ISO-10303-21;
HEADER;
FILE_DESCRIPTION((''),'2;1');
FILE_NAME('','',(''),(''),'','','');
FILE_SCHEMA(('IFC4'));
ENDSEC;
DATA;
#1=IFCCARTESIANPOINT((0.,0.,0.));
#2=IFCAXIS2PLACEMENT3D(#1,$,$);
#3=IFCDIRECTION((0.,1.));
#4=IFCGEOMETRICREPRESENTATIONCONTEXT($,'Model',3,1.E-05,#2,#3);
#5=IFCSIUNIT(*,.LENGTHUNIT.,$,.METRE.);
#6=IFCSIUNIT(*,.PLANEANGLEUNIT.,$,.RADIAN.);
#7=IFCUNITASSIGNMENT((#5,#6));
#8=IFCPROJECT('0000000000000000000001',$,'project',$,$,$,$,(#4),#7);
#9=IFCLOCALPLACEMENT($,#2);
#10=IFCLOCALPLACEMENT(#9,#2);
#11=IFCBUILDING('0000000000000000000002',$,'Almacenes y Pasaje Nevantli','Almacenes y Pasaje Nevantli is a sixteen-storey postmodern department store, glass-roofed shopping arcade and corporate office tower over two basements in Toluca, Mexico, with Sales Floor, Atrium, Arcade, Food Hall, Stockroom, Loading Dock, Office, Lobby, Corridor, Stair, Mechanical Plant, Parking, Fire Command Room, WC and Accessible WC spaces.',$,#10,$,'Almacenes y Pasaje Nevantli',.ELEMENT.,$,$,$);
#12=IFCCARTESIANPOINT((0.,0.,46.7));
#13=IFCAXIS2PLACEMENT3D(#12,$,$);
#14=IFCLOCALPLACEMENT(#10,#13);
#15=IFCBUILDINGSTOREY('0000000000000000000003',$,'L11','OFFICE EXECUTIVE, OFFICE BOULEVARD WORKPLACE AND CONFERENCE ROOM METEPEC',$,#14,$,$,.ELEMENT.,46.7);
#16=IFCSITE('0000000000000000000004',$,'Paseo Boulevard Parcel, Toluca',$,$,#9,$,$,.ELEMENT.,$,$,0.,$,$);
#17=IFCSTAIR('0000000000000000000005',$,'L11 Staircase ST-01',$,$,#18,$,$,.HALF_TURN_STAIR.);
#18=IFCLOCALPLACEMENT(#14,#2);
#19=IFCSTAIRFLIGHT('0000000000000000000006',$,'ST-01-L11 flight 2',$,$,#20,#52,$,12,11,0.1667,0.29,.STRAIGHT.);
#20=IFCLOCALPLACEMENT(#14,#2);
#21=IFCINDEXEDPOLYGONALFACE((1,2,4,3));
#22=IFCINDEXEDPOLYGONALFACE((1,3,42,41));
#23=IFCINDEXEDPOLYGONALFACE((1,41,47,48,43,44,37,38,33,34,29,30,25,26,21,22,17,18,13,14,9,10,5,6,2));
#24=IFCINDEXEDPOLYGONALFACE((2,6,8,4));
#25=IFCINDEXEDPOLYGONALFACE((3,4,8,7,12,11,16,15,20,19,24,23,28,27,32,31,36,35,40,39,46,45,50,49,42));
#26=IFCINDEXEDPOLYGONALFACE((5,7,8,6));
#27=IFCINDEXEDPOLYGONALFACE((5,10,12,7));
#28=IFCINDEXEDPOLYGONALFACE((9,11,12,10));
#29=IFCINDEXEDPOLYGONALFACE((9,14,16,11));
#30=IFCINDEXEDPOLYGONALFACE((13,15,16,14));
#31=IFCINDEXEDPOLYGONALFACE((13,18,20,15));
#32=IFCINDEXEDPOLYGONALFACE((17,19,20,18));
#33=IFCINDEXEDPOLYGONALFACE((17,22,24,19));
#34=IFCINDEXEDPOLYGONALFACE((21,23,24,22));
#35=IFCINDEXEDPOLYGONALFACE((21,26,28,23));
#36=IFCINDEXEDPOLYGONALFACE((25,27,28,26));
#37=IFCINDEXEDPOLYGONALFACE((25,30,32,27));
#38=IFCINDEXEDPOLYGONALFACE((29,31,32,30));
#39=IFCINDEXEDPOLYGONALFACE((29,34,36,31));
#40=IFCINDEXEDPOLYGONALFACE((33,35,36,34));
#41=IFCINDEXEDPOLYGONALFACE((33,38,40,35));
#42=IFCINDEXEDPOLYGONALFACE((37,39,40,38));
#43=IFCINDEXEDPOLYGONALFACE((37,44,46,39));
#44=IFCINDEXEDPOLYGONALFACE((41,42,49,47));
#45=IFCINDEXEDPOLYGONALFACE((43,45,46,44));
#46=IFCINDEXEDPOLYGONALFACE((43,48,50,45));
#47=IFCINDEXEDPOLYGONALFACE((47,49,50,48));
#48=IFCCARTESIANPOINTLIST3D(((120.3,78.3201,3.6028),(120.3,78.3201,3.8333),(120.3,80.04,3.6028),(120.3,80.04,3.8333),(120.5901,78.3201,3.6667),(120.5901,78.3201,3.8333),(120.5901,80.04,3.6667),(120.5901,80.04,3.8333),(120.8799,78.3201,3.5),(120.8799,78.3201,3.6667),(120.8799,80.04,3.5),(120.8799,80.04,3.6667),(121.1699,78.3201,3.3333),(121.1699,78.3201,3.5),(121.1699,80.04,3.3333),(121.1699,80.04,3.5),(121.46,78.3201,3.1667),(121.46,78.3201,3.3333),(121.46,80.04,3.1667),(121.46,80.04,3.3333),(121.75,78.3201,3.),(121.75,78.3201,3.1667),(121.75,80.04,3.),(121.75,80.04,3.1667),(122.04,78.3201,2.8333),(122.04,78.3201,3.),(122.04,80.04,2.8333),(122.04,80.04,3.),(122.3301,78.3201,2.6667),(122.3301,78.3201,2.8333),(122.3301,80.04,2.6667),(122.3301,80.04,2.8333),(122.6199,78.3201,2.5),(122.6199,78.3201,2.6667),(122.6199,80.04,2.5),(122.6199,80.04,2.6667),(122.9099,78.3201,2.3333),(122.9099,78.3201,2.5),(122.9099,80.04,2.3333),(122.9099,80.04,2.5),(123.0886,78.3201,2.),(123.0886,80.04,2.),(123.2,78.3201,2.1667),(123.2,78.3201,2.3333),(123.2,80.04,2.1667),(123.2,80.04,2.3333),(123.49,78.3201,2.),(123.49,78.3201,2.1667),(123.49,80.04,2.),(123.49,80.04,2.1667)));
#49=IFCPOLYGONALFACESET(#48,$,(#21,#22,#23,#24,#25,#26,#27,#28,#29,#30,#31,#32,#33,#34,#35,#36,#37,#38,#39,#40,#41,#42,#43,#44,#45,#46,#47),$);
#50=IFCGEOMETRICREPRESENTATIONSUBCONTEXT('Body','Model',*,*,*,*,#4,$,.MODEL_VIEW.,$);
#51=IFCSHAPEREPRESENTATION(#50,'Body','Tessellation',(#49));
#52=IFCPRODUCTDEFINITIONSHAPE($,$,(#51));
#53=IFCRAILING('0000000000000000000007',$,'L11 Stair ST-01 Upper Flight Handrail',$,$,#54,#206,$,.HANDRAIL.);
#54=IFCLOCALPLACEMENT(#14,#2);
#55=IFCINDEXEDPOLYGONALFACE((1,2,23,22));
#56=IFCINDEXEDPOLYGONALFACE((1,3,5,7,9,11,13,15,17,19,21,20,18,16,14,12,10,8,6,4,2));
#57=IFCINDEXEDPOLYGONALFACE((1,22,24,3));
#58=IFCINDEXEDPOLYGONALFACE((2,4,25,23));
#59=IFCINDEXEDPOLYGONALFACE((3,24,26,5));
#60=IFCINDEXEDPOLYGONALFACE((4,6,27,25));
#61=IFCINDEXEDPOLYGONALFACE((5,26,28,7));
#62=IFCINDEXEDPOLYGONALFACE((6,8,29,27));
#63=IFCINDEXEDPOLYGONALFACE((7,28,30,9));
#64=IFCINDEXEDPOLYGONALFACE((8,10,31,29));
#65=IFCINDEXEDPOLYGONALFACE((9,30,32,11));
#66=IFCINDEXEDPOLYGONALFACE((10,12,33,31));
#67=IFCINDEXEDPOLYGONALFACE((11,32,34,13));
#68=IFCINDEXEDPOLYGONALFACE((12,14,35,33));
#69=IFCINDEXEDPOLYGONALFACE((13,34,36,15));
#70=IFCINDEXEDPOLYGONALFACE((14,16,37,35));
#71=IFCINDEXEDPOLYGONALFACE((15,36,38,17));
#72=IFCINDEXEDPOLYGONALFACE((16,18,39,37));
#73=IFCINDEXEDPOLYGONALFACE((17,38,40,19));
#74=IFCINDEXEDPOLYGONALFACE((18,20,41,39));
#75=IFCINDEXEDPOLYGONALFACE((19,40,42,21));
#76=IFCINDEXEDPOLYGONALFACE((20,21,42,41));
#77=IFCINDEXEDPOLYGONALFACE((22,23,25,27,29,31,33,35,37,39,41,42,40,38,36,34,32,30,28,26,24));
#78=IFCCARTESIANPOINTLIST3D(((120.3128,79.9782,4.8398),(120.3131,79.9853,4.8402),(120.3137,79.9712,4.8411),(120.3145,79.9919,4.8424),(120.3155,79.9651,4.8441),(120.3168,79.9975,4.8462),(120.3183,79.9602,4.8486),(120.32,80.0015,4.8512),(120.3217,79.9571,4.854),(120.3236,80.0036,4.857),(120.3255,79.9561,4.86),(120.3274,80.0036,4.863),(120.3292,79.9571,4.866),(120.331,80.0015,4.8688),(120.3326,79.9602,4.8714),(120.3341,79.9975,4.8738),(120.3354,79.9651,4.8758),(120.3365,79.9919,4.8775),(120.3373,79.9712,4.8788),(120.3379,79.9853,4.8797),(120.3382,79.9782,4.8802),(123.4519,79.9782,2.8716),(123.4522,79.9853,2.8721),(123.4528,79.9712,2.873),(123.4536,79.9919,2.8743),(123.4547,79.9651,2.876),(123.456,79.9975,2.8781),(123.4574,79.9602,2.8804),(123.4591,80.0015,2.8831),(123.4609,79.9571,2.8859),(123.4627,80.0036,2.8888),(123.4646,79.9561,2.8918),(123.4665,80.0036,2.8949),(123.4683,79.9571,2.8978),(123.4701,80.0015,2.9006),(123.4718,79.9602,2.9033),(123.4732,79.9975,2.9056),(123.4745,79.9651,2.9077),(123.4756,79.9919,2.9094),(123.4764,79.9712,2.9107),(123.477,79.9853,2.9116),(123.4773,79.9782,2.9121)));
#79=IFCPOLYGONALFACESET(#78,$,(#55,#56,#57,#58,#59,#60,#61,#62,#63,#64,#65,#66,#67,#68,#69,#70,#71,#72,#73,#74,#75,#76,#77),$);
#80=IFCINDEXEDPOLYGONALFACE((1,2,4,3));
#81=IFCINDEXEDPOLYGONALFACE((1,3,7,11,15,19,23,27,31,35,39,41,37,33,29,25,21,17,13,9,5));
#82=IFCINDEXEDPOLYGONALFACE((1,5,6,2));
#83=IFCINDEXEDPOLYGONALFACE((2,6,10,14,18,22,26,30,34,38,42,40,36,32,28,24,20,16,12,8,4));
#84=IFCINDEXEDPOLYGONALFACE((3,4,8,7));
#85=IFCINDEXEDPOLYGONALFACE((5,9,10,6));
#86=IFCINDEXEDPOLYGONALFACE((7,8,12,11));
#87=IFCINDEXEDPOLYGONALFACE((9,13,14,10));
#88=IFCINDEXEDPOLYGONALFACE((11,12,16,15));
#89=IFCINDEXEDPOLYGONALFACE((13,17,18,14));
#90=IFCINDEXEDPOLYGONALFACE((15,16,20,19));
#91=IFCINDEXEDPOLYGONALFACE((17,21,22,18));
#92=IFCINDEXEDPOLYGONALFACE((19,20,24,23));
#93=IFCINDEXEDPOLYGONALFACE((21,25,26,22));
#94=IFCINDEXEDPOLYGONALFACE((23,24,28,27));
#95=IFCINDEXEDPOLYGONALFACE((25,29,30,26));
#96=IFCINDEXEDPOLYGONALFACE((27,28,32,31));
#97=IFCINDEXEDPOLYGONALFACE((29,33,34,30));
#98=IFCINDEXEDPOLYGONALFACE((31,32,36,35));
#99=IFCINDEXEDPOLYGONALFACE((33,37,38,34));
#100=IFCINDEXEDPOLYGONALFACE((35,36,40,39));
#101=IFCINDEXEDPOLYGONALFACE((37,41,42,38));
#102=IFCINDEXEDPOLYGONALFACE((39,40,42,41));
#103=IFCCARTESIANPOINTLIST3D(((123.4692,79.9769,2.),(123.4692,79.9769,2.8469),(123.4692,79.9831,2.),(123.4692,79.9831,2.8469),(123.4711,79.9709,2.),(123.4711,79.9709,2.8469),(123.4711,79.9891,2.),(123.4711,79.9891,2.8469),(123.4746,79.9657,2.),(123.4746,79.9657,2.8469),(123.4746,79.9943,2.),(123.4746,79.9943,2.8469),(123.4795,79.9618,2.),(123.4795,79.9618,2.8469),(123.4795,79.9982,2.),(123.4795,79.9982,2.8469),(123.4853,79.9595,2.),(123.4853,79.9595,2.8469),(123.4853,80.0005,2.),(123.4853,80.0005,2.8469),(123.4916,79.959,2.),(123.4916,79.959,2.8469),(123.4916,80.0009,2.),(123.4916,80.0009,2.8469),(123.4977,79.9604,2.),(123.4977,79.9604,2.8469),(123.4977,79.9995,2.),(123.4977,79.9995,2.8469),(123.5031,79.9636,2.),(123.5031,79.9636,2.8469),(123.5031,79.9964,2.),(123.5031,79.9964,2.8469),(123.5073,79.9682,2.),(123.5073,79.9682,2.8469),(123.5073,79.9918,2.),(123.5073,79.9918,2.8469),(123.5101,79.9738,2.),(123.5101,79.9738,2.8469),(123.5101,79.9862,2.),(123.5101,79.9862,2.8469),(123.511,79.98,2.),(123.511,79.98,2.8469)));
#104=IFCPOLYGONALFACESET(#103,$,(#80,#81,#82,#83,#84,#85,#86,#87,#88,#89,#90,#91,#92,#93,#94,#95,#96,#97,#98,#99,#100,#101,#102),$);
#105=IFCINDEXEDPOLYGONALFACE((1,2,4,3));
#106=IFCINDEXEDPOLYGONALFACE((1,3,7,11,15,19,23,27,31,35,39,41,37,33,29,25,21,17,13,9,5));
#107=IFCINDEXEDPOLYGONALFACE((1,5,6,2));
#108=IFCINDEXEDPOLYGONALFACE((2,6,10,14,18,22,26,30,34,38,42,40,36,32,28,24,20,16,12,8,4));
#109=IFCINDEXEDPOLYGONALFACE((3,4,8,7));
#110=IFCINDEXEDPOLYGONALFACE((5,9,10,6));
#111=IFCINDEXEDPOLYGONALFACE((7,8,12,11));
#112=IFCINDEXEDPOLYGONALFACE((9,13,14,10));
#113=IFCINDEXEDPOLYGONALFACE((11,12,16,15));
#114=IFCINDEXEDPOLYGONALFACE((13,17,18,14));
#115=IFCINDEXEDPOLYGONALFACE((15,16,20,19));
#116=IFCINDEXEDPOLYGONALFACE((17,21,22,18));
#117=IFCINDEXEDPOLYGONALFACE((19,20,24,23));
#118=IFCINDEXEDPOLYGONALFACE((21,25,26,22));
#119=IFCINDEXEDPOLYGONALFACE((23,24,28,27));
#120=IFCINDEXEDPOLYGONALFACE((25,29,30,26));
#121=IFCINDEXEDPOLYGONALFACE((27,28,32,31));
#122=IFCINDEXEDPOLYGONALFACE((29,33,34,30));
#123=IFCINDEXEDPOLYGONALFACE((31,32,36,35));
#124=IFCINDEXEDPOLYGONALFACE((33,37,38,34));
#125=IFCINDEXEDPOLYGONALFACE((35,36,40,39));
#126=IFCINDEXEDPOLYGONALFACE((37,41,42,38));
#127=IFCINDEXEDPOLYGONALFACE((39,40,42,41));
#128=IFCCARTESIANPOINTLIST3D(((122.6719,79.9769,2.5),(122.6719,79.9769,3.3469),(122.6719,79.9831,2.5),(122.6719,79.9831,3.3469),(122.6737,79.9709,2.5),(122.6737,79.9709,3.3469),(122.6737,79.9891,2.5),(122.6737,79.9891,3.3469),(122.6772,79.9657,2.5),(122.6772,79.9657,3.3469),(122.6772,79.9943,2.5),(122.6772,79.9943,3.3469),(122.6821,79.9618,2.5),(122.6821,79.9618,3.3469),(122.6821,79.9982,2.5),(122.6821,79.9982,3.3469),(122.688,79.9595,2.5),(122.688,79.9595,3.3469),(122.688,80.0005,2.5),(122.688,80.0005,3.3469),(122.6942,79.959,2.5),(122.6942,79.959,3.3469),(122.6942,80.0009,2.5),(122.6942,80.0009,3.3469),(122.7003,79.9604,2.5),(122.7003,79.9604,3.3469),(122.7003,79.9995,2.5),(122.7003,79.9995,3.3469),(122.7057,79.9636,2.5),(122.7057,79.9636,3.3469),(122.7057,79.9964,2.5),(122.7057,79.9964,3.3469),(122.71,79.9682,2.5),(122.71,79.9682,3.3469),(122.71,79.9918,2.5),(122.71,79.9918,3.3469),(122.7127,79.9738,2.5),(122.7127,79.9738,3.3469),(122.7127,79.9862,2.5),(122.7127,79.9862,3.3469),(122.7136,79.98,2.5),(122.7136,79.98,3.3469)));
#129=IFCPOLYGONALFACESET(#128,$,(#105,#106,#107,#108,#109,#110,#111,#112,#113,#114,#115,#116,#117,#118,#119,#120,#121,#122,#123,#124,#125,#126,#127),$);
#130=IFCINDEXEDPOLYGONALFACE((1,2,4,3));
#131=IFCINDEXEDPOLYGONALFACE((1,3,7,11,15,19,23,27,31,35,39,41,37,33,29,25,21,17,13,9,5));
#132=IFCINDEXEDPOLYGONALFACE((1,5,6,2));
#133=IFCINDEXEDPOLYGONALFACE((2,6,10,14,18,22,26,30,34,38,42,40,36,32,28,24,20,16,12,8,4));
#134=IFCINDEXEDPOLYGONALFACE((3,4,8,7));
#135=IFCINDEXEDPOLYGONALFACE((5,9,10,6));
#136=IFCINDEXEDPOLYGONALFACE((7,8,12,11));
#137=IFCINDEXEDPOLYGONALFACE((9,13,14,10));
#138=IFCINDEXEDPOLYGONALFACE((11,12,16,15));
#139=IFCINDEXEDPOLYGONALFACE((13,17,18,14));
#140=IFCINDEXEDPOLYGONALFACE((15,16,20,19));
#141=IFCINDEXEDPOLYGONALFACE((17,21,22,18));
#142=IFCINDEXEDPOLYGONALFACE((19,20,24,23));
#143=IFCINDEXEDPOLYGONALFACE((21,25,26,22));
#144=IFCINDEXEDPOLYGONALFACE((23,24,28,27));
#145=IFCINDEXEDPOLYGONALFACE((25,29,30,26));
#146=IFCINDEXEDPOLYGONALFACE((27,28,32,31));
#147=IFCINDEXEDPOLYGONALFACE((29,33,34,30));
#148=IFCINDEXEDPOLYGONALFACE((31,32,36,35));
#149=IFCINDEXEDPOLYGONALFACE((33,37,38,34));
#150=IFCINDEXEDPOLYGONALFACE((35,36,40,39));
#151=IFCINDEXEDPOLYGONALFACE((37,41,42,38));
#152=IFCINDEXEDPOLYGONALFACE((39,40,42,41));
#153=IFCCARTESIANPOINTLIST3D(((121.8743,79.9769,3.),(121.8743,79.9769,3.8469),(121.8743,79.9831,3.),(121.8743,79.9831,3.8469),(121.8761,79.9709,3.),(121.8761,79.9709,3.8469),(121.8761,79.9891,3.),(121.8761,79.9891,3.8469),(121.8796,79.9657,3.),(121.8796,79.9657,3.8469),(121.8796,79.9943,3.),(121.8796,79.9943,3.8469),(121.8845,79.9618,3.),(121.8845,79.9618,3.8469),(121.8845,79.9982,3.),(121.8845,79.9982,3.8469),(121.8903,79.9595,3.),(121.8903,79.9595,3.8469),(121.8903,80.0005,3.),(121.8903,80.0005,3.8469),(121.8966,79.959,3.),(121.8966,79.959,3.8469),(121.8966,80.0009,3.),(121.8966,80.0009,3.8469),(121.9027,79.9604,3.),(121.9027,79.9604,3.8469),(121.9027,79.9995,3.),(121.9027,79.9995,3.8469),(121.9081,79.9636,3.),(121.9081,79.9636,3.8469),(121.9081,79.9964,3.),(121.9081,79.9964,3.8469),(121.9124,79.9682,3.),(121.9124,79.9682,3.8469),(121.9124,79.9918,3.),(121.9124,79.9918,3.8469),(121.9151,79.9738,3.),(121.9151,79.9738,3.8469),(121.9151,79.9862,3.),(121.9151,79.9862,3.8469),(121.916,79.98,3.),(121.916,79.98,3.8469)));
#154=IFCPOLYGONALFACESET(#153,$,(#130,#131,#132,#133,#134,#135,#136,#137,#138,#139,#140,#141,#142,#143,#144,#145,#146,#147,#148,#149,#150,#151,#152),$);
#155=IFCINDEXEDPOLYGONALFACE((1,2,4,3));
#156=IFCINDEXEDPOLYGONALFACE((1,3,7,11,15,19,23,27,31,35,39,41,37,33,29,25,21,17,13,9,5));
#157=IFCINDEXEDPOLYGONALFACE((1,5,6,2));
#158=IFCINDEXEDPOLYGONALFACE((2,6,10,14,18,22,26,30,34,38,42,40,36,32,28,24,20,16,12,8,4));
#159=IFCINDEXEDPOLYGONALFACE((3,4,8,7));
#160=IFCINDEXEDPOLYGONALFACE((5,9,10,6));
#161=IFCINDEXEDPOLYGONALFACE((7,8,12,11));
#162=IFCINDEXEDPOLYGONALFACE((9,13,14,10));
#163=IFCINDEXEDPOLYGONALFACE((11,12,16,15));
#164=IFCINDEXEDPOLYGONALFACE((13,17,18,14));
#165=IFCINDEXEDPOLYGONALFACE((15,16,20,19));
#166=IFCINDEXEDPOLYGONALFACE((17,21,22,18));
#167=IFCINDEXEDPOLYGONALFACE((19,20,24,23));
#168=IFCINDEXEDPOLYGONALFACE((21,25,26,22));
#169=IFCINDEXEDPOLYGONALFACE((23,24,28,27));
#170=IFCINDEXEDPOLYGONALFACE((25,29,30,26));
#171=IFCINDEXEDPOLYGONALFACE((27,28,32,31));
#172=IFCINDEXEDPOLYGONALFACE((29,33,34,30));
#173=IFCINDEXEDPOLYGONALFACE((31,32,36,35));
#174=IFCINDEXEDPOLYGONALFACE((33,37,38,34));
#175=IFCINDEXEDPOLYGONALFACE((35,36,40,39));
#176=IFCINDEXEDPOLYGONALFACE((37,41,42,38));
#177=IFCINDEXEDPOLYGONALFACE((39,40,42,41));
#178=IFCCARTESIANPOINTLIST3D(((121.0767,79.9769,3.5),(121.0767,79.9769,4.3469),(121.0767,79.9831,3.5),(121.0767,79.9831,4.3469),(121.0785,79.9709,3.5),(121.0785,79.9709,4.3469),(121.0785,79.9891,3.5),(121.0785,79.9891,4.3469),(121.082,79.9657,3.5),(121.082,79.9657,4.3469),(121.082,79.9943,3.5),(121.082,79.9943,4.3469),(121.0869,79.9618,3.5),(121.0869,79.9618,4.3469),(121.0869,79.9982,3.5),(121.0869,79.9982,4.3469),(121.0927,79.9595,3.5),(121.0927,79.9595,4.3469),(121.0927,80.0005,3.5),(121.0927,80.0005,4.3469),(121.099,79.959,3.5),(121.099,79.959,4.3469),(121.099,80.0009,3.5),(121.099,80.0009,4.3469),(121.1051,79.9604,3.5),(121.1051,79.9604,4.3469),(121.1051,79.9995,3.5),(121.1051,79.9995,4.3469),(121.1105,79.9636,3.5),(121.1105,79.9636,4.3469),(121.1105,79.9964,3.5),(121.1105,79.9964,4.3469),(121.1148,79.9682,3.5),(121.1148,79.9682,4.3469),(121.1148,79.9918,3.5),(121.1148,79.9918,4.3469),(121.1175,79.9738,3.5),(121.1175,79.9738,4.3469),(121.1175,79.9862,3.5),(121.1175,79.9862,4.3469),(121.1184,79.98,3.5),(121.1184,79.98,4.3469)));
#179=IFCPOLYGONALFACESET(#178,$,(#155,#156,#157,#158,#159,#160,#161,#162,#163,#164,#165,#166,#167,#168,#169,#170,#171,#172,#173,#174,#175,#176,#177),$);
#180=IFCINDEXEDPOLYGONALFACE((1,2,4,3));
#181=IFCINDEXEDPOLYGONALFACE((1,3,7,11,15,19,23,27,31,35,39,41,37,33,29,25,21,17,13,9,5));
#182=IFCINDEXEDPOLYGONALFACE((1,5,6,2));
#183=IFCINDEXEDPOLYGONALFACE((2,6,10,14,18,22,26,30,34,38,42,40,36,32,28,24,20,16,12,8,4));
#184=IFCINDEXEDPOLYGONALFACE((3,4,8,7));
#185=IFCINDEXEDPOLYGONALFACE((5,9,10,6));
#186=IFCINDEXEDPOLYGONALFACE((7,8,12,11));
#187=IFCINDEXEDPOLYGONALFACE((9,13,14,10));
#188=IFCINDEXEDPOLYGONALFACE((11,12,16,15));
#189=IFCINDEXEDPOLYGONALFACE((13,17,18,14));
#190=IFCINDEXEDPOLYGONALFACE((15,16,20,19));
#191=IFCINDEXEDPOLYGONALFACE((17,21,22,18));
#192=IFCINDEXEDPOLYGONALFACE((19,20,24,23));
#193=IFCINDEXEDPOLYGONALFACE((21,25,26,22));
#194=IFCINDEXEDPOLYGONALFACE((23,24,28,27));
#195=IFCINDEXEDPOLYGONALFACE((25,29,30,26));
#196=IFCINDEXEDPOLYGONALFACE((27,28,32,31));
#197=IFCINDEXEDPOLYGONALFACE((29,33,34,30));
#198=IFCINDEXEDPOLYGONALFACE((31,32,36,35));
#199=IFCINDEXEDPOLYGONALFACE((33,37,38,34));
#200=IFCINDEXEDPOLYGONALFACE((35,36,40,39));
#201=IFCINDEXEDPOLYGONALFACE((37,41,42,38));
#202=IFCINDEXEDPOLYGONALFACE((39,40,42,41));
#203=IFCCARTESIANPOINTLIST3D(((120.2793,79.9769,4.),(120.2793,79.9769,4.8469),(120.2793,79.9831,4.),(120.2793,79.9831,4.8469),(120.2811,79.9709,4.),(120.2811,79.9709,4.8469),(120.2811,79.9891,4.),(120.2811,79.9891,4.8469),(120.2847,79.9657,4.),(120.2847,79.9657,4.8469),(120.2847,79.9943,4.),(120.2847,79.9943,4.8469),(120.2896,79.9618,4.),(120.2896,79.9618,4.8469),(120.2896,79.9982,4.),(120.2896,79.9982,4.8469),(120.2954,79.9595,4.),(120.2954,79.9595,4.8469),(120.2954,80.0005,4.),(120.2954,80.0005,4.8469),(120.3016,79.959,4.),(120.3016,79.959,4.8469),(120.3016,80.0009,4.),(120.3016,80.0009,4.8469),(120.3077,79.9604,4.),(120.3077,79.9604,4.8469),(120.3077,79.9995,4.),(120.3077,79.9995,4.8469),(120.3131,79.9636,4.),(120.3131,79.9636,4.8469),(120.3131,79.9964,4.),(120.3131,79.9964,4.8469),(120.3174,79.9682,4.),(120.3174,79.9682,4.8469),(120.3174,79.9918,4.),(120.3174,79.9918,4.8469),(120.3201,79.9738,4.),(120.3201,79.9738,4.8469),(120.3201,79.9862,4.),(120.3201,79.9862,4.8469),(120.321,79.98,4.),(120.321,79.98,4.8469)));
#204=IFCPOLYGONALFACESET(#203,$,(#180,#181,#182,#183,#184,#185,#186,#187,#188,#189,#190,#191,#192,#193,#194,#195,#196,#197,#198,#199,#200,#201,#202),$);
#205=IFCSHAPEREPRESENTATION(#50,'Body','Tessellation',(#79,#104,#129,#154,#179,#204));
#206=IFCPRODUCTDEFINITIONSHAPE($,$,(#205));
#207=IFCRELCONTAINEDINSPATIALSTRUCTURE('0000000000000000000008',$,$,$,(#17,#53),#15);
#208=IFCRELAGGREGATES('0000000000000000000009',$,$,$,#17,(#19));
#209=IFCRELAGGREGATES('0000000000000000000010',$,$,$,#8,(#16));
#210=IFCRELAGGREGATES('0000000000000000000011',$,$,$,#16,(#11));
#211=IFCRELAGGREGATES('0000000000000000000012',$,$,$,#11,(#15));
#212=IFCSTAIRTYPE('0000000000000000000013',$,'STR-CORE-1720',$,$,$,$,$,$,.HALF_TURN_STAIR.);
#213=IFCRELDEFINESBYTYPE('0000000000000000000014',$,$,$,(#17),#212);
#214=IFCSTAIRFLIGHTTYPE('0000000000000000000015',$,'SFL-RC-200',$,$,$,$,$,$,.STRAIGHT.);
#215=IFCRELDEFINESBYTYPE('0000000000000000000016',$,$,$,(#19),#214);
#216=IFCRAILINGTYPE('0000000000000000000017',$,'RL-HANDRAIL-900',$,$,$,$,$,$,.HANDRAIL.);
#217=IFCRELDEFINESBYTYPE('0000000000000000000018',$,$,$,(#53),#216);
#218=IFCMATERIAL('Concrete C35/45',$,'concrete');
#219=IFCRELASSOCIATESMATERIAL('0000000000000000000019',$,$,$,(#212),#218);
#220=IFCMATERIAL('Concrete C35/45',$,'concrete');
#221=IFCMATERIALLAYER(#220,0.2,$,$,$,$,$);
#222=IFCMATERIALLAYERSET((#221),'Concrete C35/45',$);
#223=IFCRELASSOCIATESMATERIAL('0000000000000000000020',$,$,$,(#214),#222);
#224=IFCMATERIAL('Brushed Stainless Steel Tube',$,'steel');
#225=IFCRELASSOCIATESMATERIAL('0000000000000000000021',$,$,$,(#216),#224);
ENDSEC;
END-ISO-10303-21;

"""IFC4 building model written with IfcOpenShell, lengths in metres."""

from ifc_helpers import new_model, si_unit, direction, frame, origin, origin_2d, place, context, subcontext, project, spatial, polyline, circle, outline, extrude, material, layer, layer_set, type_object, element, aggregate, save


model = new_model("IFC4")

# Units and contexts
model_context = context("Model", 3, precision=1e-05, world=origin(), true_north=direction((0.0, 1.0)))
body_context = subcontext(model_context, "Body", "Model", "MODEL_VIEW")
ifc_project = project(units=[si_unit("LENGTHUNIT", "METRE"), si_unit("PLANEANGLEUNIT", "RADIAN")], contexts=[model_context])

# Site, building, storey
site_placement = place(None, origin())
site = spatial("IfcSite", under=ifc_project, at=site_placement, Name="Paseo Boulevard Parcel, Toluca", CompositionType="ELEMENT", RefElevation=0.0)
building_placement = place(site_placement, origin())
building = spatial("IfcBuilding", under=site, at=building_placement, Name="Almacenes y Pasaje Nevantli", Description="Almacenes y Pasaje Nevantli is a sixteen-storey postmodern department store, glass-roofed shopping arcade and corporate office tower over two basements in Toluca, Mexico, with Sales Floor, Atrium, Arcade, Food Hall, Stockroom, Loading Dock, Office, Lobby, Corridor, Stair, Mechanical Plant, Parking, Fire Command Room, WC and Accessible WC spaces.", LongName="Almacenes y Pasaje Nevantli", CompositionType="ELEMENT")
storey_placement = place(building_placement, frame((0.0, 0.0, 46.7)))
storey = spatial("IfcBuildingStorey", under=building, at=storey_placement, Name="L11", Description="OFFICE EXECUTIVE, OFFICE BOULEVARD WORKPLACE AND CONFERENCE ROOM METEPEC", CompositionType="ELEMENT", Elevation=46.7)

# Stair, stair flight
ifc_material_1 = material(Name="Concrete C35/45", Category="concrete")
stair_type = type_object("IfcStairType", Name="STR-CORE-1720", PredefinedType="HALF_TURN_STAIR", material=ifc_material_1)
stair_placement = place(storey_placement, origin())
stair = element("IfcStair", 1, at=stair_placement, inside=storey, type_object=stair_type, Name="L11 Staircase ST-01", PredefinedType="HALF_TURN_STAIR")
ifc_material_2 = material(Name="Concrete C35/45", Category="concrete")
ifc_layer_1 = layer(ifc_material_2, 0.2)
ifc_layer_set_1 = layer_set([ifc_layer_1], Name="Concrete C35/45")
stair_flight_type = type_object("IfcStairFlightType", Name="SFL-RC-200", PredefinedType="STRAIGHT", material=ifc_layer_set_1)
stair_flight_placement = place(storey_placement, frame((123.49, 79.1799, 2.0), z_axis=(0.0, 0.0, 1.0), x_axis=(-1.0, 0.0, 0.0)))
stair_flight = element("IfcStairFlight", 2, at=stair_flight_placement, type_object=stair_flight_type, Name="ST-01-L11 flight 2", NumberOfRisers=12, NumberOfTreads=11, PredefinedType="STRAIGHT", RiserHeight=0.1667, TreadLength=0.29, context=body_context, shape_type="SweptSolid", body=[
    extrude(outline(polyline([(0.0, 0.0), (0.0, 0.1667), (0.29, 0.1667), (0.29, 0.3333), (0.5801, 0.3333), (0.5801, 0.5), (0.8701, 0.5), (0.8701, 0.6667), (1.1599, 0.6667), (1.1599, 0.8333), (1.45, 0.8333), (1.45, 1.0), (1.74, 1.0), (1.74, 1.1667), (2.03, 1.1667), (2.03, 1.3333), (2.3201, 1.3333), (2.3201, 1.5), (2.6101, 1.5), (2.6101, 1.6667), (2.8999, 1.6667), (2.8999, 1.8333), (3.1899, 1.8333), (3.1899, 2.0), (3.1899, 1.6028), (0.4014, 0.0), (0.0, 0.0)])), frame((0.0, 0.8599, 0.0), z_axis=(0.0, -1.0, 0.0), x_axis=(1.0, 0.0, 0.0)), (0.0, 0.0, 1.0), 1.72),
])
aggregate(stair, [stair_flight])

# Railing
ifc_material_3 = material(Name="Brushed Stainless Steel Tube", Category="steel")
railing_type = type_object("IfcRailingType", Name="RL-HANDRAIL-900", PredefinedType="HANDRAIL", material=ifc_material_3)
railing_placement = place(storey_placement, frame((123.49, 79.98, 2.0)))
element("IfcRailing", 3, at=railing_placement, inside=storey, type_object=railing_type, Name="L11 Stair ST-01 Upper Flight Handrail", PredefinedType="HANDRAIL", context=body_context, shape_type="SweptSolid", body=[
    extrude(circle(Radius=0.0239, at=origin_2d()), frame((-0.0254, 0.0, 0.8918), z_axis=(-0.847247, 0.0, 0.531199), x_axis=(0.0, -1.0, 0.0)), (0.0, 0.0, 1.0), 3.7051),
    extrude(circle(Radius=0.021, at=origin_2d()), origin(), (0.0, 0.0, 1.0), 0.8469),
    extrude(circle(Radius=0.021, at=origin_2d()), frame((-0.7974, 0.0, 0.5)), (0.0, 0.0, 1.0), 0.8469),
    extrude(circle(Radius=0.021, at=origin_2d()), frame((-1.595, 0.0, 1.0)), (0.0, 0.0, 1.0), 0.8469),
    extrude(circle(Radius=0.021, at=origin_2d()), frame((-2.3926, 0.0, 1.5)), (0.0, 0.0, 1.0), 0.8469),
    extrude(circle(Radius=0.021, at=origin_2d()), frame((-3.1899, 0.0, 2.0)), (0.0, 0.0, 1.0), 0.8469),
])

save(model, "model.ifc")
